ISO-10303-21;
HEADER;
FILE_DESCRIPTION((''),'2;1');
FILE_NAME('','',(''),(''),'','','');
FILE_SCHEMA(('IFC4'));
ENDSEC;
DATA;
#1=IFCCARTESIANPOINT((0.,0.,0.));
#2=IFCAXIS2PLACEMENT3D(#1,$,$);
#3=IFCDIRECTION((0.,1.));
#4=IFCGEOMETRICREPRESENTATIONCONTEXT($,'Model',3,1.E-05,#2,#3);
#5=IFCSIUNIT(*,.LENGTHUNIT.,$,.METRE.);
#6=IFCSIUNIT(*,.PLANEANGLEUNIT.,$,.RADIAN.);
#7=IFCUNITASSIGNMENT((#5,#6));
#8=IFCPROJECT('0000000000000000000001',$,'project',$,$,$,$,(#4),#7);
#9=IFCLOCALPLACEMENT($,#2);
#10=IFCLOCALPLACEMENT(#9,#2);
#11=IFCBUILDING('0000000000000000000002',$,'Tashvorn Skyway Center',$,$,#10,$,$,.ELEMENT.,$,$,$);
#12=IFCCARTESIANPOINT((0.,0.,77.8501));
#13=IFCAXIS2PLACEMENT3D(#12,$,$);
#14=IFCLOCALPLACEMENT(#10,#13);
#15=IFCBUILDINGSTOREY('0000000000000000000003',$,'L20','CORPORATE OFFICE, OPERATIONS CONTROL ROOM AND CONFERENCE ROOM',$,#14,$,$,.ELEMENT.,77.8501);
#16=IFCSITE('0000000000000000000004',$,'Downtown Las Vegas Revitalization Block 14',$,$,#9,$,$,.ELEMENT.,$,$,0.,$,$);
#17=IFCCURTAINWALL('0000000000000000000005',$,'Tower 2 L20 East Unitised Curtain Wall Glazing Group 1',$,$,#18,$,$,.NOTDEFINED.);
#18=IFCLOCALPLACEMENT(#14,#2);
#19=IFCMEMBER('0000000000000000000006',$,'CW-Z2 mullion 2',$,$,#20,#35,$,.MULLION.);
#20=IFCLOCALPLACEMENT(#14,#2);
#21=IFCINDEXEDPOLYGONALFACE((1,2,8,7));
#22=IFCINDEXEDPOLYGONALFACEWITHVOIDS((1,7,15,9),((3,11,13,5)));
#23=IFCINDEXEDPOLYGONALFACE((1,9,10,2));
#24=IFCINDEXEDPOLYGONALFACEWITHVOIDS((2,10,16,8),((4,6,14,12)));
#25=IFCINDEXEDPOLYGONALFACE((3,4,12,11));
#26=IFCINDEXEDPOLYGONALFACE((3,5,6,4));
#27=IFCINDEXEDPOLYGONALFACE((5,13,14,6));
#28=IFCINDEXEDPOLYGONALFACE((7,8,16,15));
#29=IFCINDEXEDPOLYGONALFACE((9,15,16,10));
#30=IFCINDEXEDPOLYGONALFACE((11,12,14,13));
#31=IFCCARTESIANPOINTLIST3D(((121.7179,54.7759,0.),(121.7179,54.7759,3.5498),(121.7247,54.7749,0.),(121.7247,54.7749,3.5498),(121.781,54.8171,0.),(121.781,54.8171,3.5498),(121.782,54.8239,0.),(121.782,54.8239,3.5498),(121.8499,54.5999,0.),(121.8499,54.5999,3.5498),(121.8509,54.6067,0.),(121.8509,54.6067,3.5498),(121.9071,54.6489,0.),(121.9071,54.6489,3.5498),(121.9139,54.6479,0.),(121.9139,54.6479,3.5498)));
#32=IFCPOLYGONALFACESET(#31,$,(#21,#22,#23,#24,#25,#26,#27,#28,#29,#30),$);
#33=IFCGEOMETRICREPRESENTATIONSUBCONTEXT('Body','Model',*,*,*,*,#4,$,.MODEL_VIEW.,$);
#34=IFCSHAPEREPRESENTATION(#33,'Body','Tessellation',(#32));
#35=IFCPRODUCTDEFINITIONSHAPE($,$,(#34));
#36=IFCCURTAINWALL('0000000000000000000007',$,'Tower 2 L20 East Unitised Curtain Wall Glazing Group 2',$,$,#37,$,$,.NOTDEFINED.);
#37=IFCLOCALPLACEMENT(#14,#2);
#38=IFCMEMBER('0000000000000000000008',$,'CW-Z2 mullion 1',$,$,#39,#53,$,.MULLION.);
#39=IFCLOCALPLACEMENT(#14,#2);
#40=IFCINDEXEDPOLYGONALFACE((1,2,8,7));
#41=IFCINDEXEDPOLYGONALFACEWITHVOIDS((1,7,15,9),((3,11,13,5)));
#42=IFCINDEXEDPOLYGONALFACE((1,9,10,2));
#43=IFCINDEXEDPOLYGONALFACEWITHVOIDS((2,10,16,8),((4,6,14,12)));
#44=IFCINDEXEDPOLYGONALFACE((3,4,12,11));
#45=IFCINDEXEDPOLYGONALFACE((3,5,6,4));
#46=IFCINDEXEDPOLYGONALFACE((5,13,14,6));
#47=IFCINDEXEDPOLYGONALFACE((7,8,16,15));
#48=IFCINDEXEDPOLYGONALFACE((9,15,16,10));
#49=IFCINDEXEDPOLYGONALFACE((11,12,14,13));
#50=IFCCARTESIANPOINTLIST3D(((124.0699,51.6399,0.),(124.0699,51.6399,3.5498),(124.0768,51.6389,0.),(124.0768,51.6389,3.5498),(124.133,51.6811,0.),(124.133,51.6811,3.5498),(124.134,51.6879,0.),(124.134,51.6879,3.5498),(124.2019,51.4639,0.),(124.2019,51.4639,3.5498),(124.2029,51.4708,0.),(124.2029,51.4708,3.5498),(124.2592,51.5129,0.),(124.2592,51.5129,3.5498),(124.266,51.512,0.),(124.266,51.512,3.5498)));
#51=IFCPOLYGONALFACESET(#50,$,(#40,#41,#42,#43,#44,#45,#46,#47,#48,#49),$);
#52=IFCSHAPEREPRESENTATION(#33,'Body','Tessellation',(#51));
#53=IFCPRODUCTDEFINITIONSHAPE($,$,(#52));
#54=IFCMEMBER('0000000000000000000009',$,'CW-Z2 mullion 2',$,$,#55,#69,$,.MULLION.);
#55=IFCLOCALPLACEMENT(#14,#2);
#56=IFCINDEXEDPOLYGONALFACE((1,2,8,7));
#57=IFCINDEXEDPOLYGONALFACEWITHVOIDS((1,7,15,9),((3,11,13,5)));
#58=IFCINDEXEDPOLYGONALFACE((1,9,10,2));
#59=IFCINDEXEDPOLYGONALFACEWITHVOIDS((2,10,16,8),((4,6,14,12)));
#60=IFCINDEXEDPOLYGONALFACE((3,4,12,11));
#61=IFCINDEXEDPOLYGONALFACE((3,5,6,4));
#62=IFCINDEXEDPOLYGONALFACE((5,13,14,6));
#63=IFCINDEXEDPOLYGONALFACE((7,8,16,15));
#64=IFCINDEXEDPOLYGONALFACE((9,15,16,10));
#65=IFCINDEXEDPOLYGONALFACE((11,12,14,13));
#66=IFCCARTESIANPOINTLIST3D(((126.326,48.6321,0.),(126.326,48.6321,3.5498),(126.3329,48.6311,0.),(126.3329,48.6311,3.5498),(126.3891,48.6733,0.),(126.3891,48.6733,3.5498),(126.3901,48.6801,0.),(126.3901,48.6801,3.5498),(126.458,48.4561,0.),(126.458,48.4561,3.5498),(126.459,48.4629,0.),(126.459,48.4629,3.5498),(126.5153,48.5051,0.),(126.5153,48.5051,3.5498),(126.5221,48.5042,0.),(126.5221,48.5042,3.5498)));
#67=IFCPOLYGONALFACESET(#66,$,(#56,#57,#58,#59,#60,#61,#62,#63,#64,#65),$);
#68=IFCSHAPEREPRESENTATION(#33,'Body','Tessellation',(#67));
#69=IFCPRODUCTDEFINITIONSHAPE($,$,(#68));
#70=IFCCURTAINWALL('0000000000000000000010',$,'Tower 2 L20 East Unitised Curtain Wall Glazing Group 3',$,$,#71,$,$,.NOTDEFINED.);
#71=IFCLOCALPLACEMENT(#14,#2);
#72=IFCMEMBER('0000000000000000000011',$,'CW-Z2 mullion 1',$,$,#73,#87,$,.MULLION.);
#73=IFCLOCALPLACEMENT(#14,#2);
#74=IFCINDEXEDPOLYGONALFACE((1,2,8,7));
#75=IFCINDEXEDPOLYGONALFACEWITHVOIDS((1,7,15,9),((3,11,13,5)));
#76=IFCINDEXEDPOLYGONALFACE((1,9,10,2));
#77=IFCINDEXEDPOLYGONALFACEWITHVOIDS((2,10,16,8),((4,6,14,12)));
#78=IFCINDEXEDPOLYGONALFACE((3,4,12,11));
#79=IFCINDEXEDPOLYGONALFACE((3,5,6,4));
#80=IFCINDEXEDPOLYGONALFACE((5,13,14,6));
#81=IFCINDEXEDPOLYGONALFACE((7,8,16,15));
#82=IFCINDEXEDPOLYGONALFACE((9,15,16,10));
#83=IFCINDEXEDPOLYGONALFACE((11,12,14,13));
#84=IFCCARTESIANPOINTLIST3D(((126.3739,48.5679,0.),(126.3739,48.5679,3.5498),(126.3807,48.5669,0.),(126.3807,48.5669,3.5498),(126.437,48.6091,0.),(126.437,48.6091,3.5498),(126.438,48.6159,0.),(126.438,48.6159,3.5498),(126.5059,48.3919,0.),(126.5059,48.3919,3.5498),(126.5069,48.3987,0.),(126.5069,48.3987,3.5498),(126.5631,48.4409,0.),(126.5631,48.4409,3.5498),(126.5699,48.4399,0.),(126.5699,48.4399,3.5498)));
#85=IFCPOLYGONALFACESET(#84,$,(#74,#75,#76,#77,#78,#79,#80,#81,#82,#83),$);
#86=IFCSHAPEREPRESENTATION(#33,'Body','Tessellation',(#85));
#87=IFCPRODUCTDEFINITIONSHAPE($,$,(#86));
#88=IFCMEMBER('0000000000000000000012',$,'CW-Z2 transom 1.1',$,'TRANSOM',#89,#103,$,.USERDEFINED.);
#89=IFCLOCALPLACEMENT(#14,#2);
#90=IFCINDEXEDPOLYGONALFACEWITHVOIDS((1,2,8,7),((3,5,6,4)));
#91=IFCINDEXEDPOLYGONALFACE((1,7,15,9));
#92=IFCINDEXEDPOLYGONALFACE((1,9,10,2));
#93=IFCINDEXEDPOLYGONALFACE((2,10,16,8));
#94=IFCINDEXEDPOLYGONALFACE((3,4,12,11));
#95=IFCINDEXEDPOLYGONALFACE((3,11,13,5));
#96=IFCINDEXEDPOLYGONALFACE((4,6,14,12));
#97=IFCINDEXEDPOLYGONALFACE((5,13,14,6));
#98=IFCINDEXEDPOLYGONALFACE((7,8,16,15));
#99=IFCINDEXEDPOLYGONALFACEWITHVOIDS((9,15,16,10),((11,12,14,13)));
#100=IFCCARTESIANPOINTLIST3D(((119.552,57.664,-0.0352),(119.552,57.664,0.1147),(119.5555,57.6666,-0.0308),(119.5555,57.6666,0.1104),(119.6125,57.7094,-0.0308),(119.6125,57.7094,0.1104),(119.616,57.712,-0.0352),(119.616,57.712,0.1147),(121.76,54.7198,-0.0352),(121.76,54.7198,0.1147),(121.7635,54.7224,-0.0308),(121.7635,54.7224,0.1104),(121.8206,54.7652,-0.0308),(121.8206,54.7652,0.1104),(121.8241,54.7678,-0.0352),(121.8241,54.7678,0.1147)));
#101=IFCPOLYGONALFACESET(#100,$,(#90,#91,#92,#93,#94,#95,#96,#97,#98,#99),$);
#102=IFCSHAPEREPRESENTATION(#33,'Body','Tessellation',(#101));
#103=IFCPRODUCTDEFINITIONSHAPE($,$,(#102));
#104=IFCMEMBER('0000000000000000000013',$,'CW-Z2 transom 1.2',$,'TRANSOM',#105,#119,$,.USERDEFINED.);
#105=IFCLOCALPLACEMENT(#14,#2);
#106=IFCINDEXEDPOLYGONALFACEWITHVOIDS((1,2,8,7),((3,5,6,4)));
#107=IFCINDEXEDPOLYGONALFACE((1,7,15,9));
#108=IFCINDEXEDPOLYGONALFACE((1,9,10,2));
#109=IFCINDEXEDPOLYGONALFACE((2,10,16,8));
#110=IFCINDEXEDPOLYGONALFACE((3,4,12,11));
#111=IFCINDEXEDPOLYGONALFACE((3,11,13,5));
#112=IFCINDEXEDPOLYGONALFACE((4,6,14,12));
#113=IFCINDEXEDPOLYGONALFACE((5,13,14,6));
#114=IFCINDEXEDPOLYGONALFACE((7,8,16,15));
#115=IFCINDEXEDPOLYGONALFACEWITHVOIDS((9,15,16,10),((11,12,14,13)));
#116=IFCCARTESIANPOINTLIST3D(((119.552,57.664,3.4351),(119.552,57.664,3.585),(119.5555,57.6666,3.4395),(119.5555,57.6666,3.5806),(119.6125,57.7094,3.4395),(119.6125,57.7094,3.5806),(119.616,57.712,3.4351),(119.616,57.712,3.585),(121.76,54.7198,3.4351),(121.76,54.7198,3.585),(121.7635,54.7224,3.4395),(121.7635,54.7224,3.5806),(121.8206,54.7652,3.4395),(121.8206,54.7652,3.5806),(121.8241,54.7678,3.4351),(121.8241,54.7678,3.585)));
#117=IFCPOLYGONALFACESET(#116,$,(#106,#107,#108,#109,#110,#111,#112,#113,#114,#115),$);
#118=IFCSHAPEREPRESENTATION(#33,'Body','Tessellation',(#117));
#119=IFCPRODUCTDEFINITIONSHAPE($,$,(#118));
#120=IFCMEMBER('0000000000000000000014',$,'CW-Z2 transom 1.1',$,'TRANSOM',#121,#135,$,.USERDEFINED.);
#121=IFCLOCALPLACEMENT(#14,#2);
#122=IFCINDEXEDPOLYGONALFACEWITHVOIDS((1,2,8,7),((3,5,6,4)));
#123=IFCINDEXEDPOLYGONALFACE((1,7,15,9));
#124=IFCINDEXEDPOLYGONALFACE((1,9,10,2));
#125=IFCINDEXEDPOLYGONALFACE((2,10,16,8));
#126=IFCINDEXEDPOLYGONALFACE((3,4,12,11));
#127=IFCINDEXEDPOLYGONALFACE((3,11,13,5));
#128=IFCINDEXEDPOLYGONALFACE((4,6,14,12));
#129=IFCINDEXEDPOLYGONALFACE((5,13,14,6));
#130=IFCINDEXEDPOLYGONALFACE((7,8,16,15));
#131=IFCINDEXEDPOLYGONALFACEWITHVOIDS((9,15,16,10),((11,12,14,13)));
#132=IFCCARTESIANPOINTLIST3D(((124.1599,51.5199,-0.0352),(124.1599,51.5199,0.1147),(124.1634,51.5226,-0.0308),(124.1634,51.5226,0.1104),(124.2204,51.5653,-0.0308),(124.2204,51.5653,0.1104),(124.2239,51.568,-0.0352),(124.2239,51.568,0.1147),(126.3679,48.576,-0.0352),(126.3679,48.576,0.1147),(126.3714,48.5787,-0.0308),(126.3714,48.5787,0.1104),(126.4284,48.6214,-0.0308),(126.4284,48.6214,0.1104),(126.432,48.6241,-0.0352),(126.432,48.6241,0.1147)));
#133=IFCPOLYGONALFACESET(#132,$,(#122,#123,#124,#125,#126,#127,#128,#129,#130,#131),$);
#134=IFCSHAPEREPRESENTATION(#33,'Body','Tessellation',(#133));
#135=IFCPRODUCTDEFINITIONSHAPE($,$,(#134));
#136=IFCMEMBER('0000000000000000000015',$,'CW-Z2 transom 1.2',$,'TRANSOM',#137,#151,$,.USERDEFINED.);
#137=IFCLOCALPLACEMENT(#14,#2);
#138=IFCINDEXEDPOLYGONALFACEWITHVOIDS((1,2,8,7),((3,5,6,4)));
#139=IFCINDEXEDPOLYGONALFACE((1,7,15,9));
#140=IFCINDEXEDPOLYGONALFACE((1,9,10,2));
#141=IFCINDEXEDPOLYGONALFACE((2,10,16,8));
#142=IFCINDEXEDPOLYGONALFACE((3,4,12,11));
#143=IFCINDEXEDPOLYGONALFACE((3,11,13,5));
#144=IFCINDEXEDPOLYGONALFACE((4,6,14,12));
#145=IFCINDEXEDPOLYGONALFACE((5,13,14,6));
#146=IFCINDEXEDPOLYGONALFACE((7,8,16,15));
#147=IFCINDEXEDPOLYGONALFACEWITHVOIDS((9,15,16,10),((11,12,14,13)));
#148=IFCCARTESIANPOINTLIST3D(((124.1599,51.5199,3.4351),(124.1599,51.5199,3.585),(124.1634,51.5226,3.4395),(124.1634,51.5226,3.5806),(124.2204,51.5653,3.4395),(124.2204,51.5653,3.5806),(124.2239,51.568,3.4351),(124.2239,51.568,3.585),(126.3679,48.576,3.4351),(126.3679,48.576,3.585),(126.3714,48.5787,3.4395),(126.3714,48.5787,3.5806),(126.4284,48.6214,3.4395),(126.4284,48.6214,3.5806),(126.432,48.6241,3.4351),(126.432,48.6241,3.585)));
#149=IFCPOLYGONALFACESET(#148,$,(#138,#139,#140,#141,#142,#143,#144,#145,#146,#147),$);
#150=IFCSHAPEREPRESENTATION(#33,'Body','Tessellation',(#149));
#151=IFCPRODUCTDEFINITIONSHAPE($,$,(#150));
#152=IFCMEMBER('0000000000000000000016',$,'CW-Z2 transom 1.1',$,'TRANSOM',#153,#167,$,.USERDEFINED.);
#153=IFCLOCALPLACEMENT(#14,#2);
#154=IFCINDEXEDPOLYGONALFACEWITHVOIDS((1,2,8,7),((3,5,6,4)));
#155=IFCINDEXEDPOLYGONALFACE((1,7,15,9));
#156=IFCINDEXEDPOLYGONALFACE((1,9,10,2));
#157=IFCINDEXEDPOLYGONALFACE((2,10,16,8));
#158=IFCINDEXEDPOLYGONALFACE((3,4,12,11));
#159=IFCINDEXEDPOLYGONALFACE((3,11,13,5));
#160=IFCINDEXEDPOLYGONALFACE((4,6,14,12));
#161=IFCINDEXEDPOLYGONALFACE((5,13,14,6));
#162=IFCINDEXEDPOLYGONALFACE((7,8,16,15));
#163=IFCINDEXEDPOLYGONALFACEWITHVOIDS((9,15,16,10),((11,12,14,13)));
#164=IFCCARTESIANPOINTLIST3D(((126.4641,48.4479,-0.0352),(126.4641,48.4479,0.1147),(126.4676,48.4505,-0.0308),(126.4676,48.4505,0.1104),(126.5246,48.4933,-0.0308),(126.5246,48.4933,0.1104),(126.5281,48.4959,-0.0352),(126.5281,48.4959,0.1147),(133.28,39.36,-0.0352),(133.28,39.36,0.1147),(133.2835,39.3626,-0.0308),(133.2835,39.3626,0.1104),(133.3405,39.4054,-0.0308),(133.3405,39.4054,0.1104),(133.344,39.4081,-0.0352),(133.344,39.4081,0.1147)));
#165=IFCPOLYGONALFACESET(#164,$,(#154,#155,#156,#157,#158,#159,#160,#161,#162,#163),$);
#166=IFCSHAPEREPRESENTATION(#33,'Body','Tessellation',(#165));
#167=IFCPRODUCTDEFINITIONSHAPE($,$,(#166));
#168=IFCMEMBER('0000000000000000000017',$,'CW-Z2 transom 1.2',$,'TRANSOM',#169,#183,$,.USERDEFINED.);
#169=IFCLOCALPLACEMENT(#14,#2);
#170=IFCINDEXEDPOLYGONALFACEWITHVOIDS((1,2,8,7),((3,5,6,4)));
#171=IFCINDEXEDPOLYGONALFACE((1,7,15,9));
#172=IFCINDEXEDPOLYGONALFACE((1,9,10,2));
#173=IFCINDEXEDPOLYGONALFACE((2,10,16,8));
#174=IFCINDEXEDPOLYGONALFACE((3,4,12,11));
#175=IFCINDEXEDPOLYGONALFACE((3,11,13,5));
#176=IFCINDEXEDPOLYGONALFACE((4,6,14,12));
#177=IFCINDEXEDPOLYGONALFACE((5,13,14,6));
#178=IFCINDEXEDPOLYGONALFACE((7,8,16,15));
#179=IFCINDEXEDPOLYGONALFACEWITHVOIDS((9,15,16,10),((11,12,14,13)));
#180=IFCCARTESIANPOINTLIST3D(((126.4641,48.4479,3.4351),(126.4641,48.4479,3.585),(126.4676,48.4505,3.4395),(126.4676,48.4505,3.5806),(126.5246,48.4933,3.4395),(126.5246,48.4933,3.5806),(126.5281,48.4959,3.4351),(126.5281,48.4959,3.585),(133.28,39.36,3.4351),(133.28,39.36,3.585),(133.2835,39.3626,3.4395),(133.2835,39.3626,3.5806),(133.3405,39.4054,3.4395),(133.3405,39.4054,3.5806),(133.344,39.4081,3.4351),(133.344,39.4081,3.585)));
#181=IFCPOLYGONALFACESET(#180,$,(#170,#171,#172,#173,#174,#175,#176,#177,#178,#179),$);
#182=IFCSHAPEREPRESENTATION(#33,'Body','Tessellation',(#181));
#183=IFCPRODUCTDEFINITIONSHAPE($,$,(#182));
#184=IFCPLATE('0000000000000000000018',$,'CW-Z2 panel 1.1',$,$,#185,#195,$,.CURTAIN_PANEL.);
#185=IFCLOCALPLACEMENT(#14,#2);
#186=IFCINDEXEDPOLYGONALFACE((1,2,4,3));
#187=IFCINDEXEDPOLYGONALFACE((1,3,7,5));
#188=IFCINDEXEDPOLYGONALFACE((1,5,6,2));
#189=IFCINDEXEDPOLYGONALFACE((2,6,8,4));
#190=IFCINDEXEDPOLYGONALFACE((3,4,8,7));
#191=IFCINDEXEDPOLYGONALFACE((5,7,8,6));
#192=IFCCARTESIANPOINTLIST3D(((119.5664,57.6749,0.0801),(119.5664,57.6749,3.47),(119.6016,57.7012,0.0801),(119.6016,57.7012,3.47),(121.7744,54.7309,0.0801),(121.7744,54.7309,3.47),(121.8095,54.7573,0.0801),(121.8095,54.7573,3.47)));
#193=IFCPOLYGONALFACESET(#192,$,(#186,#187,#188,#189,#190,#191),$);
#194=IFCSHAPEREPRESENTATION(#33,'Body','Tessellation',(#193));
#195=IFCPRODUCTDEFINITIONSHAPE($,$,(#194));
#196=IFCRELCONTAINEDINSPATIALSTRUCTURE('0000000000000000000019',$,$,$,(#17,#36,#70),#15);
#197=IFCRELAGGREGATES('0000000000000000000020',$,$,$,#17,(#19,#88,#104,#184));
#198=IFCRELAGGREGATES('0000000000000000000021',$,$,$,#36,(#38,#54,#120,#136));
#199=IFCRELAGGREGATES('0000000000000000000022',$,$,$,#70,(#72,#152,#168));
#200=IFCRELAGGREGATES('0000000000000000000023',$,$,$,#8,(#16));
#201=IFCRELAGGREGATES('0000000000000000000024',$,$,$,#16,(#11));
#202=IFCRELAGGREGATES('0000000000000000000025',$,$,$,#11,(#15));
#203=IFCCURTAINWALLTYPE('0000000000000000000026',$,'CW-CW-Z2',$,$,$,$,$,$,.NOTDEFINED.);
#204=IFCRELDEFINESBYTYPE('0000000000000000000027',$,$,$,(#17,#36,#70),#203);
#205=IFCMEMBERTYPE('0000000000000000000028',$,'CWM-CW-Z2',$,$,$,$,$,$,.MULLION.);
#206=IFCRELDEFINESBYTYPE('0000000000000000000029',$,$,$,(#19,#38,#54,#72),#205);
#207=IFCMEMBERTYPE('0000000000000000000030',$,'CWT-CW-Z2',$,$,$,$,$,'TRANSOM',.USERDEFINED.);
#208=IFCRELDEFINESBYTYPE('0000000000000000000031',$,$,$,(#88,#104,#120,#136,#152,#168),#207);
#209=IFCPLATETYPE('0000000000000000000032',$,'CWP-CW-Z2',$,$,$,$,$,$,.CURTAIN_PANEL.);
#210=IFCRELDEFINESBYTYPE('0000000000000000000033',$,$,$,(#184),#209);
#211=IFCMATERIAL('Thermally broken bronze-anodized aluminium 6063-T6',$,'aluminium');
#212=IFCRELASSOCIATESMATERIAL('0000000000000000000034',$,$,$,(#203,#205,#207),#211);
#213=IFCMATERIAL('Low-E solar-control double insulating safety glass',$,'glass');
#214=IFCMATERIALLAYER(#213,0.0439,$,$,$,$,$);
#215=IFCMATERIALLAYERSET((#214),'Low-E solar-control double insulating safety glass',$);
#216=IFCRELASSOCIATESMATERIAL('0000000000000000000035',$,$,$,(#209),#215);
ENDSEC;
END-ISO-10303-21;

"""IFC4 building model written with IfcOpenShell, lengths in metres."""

from ifc_helpers import new_model, si_unit, direction, frame, origin, origin_2d, place, context, subcontext, project, spatial, rectangle, hollow_rectangle, extrude, material, layer, layer_set, material_profile, profile_set, type_object, element, aggregate, save


model = new_model("IFC4")

# Units and contexts
model_context = context("Model", 3, precision=1e-05, world=origin(), true_north=direction((0.0, 1.0)))
body_context = subcontext(model_context, "Body", "Model", "MODEL_VIEW")
ifc_project = project(units=[si_unit("LENGTHUNIT", "METRE"), si_unit("PLANEANGLEUNIT", "RADIAN")], contexts=[model_context])

# Site, building, storey
site_placement = place(None, origin())
site = spatial("IfcSite", under=ifc_project, at=site_placement, Name="Downtown Las Vegas Revitalization Block 14", CompositionType="ELEMENT", RefElevation=0.0)
building_placement = place(site_placement, origin())
building = spatial("IfcBuilding", under=site, at=building_placement, Name="Tashvorn Skyway Center", CompositionType="ELEMENT")
storey_placement = place(building_placement, frame((0.0, 0.0, 77.8501)))
storey = spatial("IfcBuildingStorey", under=building, at=storey_placement, Name="L20", Description="CORPORATE OFFICE, OPERATIONS CONTROL ROOM AND CONFERENCE ROOM", CompositionType="ELEMENT", Elevation=77.8501)

# Shared definitions
ifc_material_1 = material(Name="Thermally broken bronze-anodized aluminium 6063-T6", Category="aluminium")
curtain_wall_type = type_object("IfcCurtainWallType", Name="CW-CW-Z2", PredefinedType="NOTDEFINED", material=ifc_material_1)
ifc_material_profile_1 = material_profile(ifc_material_1, hollow_rectangle(XDim=0.0801, YDim=0.22, WallThickness=0.0049, at=origin_2d()), Name="ALU-MULL-80x220")
ifc_profile_set_1 = profile_set([ifc_material_profile_1], Name="Thermally broken bronze-anodized aluminium 6063-T6")
member_type_1 = type_object("IfcMemberType", Name="CWM-CW-Z2", PredefinedType="MULLION", material=ifc_profile_set_1)

# Curtain walls, members
curtain_wall_1_placement = place(storey_placement, origin())
curtain_wall_1 = element("IfcCurtainWall", 1, at=curtain_wall_1_placement, inside=storey, type_object=curtain_wall_type, Name="Tower 2 L20 East Unitised Curtain Wall Glazing Group 1", PredefinedType="NOTDEFINED")
member_1_placement = place(storey_placement, frame((121.8159, 54.7119, 0.0), z_axis=(0.0, 0.0, 1.0), x_axis=(0.8, 0.6, 0.0)))
member_1 = element("IfcMember", 2, at=member_1_placement, type_object=member_type_1, Name="CW-Z2 mullion 2", PredefinedType="MULLION", context=body_context, shape_type="SweptSolid", body=[
    extrude(hollow_rectangle(XDim=0.0801, YDim=0.22, WallThickness=0.0049, at=origin_2d()), origin(), (0.0, 0.0, 1.0), 3.5498),
])
curtain_wall_2_placement = place(storey_placement, origin())
curtain_wall_2 = element("IfcCurtainWall", 3, at=curtain_wall_2_placement, inside=storey, type_object=curtain_wall_type, Name="Tower 2 L20 East Unitised Curtain Wall Glazing Group 2", PredefinedType="NOTDEFINED")
member_2_placement = place(storey_placement, frame((124.168, 51.5759, 0.0), z_axis=(0.0, 0.0, 1.0), x_axis=(0.8, 0.6, 0.0)))
member_2 = element("IfcMember", 4, at=member_2_placement, type_object=member_type_1, Name="CW-Z2 mullion 1", PredefinedType="MULLION", context=body_context, shape_type="SweptSolid", body=[
    extrude(hollow_rectangle(XDim=0.0801, YDim=0.22, WallThickness=0.0049, at=origin_2d()), origin(), (0.0, 0.0, 1.0), 3.5498),
])
member_3_placement = place(storey_placement, frame((126.4241, 48.5681, 0.0), z_axis=(0.0, 0.0, 1.0), x_axis=(0.8, 0.6, 0.0)))
member_3 = element("IfcMember", 5, at=member_3_placement, type_object=member_type_1, Name="CW-Z2 mullion 2", PredefinedType="MULLION", context=body_context, shape_type="SweptSolid", body=[
    extrude(hollow_rectangle(XDim=0.0801, YDim=0.22, WallThickness=0.0049, at=origin_2d()), origin(), (0.0, 0.0, 1.0), 3.5498),
])

# Curtain wall, member
curtain_wall_3_placement = place(storey_placement, origin())
curtain_wall_3 = element("IfcCurtainWall", 6, at=curtain_wall_3_placement, inside=storey, type_object=curtain_wall_type, Name="Tower 2 L20 East Unitised Curtain Wall Glazing Group 3", PredefinedType="NOTDEFINED")
member_4_placement = place(storey_placement, frame((126.4719, 48.5039, 0.0), z_axis=(0.0, 0.0, 1.0), x_axis=(0.8, 0.6, 0.0)))
member_4 = element("IfcMember", 7, at=member_4_placement, type_object=member_type_1, Name="CW-Z2 mullion 1", PredefinedType="MULLION", context=body_context, shape_type="SweptSolid", body=[
    extrude(hollow_rectangle(XDim=0.0801, YDim=0.22, WallThickness=0.0049, at=origin_2d()), origin(), (0.0, 0.0, 1.0), 3.5498),
])

# Members
ifc_material_profile_2 = material_profile(ifc_material_1, hollow_rectangle(XDim=0.0801, YDim=0.1499, WallThickness=0.0044, at=origin_2d()), Name="ALU-TRAN-80x150")
ifc_profile_set_2 = profile_set([ifc_material_profile_2], Name="Thermally broken bronze-anodized aluminium 6063-T6")
member_type_2 = type_object("IfcMemberType", Name="CWT-CW-Z2", ElementType="TRANSOM", PredefinedType="USERDEFINED", material=ifc_profile_set_2)
member_5_placement = place(storey_placement, frame((119.584, 57.688, 0.0398), z_axis=(0.599989, -0.800008, 0.0), x_axis=(0.800008, 0.599989, 0.0)))
member_5 = element("IfcMember", 8, at=member_5_placement, type_object=member_type_2, Name="CW-Z2 transom 1.1", ObjectType="TRANSOM", PredefinedType="USERDEFINED", context=body_context, shape_type="SweptSolid", body=[
    extrude(hollow_rectangle(XDim=0.0801, YDim=0.1499, WallThickness=0.0044, at=origin_2d()), origin(), (0.0, 0.0, 1.0), 3.6802),
])
member_6_placement = place(storey_placement, frame((119.584, 57.688, 3.51), z_axis=(0.599989, -0.800008, 0.0), x_axis=(0.800008, 0.599989, 0.0)))
member_6 = element("IfcMember", 9, at=member_6_placement, type_object=member_type_2, Name="CW-Z2 transom 1.2", ObjectType="TRANSOM", PredefinedType="USERDEFINED", context=body_context, shape_type="SweptSolid", body=[
    extrude(hollow_rectangle(XDim=0.0801, YDim=0.1499, WallThickness=0.0044, at=origin_2d()), origin(), (0.0, 0.0, 1.0), 3.6802),
])
member_7_placement = place(storey_placement, frame((124.1919, 51.5439, 0.0398), z_axis=(0.600021, -0.799984, 0.0), x_axis=(0.799984, 0.600021, 0.0)))
member_7 = element("IfcMember", 10, at=member_7_placement, type_object=member_type_2, Name="CW-Z2 transom 1.1", ObjectType="TRANSOM", PredefinedType="USERDEFINED", context=body_context, shape_type="SweptSolid", body=[
    extrude(hollow_rectangle(XDim=0.0801, YDim=0.1499, WallThickness=0.0044, at=origin_2d()), origin(), (0.0, 0.0, 1.0), 3.6799),
])
member_8_placement = place(storey_placement, frame((124.1919, 51.5439, 3.51), z_axis=(0.600021, -0.799984, 0.0), x_axis=(0.799984, 0.600021, 0.0)))
member_8 = element("IfcMember", 11, at=member_8_placement, type_object=member_type_2, Name="CW-Z2 transom 1.2", ObjectType="TRANSOM", PredefinedType="USERDEFINED", context=body_context, shape_type="SweptSolid", body=[
    extrude(hollow_rectangle(XDim=0.0801, YDim=0.1499, WallThickness=0.0044, at=origin_2d()), origin(), (0.0, 0.0, 1.0), 3.6799),
])
member_9_placement = place(storey_placement, frame((126.4961, 48.4719, 0.0398), z_axis=(0.6, -0.8, 0.0), x_axis=(0.8, 0.6, 0.0)))
member_9 = element("IfcMember", 12, at=member_9_placement, type_object=member_type_2, Name="CW-Z2 transom 1.1", ObjectType="TRANSOM", PredefinedType="USERDEFINED", context=body_context, shape_type="SweptSolid", body=[
    extrude(hollow_rectangle(XDim=0.0801, YDim=0.1499, WallThickness=0.0044, at=origin_2d()), origin(), (0.0, 0.0, 1.0), 11.3599),
])
member_10_placement = place(storey_placement, frame((126.4961, 48.4719, 3.51), z_axis=(0.6, -0.8, 0.0), x_axis=(0.8, 0.6, 0.0)))
member_10 = element("IfcMember", 13, at=member_10_placement, type_object=member_type_2, Name="CW-Z2 transom 1.2", ObjectType="TRANSOM", PredefinedType="USERDEFINED", context=body_context, shape_type="SweptSolid", body=[
    extrude(hollow_rectangle(XDim=0.0801, YDim=0.1499, WallThickness=0.0044, at=origin_2d()), origin(), (0.0, 0.0, 1.0), 11.3599),
])

# Plate
ifc_material_2 = material(Name="Low-E solar-control double insulating safety glass", Category="glass")
ifc_layer_1 = layer(ifc_material_2, 0.0439)
ifc_layer_set_1 = layer_set([ifc_layer_1], Name="Low-E solar-control double insulating safety glass")
plate_type = type_object("IfcPlateType", Name="CWP-CW-Z2", PredefinedType="CURTAIN_PANEL", material=ifc_layer_set_1)
plate_1_placement = place(storey_placement, frame((120.688, 56.2161, 0.0801), z_axis=(0.0, 0.0, 1.0), x_axis=(0.6, -0.8, 0.0)))
plate_1 = element("IfcPlate", 14, at=plate_1_placement, type_object=plate_type, Name="CW-Z2 panel 1.1", PredefinedType="CURTAIN_PANEL", context=body_context, shape_type="SweptSolid", body=[
    extrude(rectangle(XDim=3.6799, YDim=0.0439, at=origin_2d()), origin(), (0.0, 0.0, 1.0), 3.3899),
])
aggregate(curtain_wall_1, [member_1, member_5, member_6, plate_1])
aggregate(curtain_wall_2, [member_2, member_3, member_7, member_8])
aggregate(curtain_wall_3, [member_4, member_9, member_10])

save(model, "model.ifc")
